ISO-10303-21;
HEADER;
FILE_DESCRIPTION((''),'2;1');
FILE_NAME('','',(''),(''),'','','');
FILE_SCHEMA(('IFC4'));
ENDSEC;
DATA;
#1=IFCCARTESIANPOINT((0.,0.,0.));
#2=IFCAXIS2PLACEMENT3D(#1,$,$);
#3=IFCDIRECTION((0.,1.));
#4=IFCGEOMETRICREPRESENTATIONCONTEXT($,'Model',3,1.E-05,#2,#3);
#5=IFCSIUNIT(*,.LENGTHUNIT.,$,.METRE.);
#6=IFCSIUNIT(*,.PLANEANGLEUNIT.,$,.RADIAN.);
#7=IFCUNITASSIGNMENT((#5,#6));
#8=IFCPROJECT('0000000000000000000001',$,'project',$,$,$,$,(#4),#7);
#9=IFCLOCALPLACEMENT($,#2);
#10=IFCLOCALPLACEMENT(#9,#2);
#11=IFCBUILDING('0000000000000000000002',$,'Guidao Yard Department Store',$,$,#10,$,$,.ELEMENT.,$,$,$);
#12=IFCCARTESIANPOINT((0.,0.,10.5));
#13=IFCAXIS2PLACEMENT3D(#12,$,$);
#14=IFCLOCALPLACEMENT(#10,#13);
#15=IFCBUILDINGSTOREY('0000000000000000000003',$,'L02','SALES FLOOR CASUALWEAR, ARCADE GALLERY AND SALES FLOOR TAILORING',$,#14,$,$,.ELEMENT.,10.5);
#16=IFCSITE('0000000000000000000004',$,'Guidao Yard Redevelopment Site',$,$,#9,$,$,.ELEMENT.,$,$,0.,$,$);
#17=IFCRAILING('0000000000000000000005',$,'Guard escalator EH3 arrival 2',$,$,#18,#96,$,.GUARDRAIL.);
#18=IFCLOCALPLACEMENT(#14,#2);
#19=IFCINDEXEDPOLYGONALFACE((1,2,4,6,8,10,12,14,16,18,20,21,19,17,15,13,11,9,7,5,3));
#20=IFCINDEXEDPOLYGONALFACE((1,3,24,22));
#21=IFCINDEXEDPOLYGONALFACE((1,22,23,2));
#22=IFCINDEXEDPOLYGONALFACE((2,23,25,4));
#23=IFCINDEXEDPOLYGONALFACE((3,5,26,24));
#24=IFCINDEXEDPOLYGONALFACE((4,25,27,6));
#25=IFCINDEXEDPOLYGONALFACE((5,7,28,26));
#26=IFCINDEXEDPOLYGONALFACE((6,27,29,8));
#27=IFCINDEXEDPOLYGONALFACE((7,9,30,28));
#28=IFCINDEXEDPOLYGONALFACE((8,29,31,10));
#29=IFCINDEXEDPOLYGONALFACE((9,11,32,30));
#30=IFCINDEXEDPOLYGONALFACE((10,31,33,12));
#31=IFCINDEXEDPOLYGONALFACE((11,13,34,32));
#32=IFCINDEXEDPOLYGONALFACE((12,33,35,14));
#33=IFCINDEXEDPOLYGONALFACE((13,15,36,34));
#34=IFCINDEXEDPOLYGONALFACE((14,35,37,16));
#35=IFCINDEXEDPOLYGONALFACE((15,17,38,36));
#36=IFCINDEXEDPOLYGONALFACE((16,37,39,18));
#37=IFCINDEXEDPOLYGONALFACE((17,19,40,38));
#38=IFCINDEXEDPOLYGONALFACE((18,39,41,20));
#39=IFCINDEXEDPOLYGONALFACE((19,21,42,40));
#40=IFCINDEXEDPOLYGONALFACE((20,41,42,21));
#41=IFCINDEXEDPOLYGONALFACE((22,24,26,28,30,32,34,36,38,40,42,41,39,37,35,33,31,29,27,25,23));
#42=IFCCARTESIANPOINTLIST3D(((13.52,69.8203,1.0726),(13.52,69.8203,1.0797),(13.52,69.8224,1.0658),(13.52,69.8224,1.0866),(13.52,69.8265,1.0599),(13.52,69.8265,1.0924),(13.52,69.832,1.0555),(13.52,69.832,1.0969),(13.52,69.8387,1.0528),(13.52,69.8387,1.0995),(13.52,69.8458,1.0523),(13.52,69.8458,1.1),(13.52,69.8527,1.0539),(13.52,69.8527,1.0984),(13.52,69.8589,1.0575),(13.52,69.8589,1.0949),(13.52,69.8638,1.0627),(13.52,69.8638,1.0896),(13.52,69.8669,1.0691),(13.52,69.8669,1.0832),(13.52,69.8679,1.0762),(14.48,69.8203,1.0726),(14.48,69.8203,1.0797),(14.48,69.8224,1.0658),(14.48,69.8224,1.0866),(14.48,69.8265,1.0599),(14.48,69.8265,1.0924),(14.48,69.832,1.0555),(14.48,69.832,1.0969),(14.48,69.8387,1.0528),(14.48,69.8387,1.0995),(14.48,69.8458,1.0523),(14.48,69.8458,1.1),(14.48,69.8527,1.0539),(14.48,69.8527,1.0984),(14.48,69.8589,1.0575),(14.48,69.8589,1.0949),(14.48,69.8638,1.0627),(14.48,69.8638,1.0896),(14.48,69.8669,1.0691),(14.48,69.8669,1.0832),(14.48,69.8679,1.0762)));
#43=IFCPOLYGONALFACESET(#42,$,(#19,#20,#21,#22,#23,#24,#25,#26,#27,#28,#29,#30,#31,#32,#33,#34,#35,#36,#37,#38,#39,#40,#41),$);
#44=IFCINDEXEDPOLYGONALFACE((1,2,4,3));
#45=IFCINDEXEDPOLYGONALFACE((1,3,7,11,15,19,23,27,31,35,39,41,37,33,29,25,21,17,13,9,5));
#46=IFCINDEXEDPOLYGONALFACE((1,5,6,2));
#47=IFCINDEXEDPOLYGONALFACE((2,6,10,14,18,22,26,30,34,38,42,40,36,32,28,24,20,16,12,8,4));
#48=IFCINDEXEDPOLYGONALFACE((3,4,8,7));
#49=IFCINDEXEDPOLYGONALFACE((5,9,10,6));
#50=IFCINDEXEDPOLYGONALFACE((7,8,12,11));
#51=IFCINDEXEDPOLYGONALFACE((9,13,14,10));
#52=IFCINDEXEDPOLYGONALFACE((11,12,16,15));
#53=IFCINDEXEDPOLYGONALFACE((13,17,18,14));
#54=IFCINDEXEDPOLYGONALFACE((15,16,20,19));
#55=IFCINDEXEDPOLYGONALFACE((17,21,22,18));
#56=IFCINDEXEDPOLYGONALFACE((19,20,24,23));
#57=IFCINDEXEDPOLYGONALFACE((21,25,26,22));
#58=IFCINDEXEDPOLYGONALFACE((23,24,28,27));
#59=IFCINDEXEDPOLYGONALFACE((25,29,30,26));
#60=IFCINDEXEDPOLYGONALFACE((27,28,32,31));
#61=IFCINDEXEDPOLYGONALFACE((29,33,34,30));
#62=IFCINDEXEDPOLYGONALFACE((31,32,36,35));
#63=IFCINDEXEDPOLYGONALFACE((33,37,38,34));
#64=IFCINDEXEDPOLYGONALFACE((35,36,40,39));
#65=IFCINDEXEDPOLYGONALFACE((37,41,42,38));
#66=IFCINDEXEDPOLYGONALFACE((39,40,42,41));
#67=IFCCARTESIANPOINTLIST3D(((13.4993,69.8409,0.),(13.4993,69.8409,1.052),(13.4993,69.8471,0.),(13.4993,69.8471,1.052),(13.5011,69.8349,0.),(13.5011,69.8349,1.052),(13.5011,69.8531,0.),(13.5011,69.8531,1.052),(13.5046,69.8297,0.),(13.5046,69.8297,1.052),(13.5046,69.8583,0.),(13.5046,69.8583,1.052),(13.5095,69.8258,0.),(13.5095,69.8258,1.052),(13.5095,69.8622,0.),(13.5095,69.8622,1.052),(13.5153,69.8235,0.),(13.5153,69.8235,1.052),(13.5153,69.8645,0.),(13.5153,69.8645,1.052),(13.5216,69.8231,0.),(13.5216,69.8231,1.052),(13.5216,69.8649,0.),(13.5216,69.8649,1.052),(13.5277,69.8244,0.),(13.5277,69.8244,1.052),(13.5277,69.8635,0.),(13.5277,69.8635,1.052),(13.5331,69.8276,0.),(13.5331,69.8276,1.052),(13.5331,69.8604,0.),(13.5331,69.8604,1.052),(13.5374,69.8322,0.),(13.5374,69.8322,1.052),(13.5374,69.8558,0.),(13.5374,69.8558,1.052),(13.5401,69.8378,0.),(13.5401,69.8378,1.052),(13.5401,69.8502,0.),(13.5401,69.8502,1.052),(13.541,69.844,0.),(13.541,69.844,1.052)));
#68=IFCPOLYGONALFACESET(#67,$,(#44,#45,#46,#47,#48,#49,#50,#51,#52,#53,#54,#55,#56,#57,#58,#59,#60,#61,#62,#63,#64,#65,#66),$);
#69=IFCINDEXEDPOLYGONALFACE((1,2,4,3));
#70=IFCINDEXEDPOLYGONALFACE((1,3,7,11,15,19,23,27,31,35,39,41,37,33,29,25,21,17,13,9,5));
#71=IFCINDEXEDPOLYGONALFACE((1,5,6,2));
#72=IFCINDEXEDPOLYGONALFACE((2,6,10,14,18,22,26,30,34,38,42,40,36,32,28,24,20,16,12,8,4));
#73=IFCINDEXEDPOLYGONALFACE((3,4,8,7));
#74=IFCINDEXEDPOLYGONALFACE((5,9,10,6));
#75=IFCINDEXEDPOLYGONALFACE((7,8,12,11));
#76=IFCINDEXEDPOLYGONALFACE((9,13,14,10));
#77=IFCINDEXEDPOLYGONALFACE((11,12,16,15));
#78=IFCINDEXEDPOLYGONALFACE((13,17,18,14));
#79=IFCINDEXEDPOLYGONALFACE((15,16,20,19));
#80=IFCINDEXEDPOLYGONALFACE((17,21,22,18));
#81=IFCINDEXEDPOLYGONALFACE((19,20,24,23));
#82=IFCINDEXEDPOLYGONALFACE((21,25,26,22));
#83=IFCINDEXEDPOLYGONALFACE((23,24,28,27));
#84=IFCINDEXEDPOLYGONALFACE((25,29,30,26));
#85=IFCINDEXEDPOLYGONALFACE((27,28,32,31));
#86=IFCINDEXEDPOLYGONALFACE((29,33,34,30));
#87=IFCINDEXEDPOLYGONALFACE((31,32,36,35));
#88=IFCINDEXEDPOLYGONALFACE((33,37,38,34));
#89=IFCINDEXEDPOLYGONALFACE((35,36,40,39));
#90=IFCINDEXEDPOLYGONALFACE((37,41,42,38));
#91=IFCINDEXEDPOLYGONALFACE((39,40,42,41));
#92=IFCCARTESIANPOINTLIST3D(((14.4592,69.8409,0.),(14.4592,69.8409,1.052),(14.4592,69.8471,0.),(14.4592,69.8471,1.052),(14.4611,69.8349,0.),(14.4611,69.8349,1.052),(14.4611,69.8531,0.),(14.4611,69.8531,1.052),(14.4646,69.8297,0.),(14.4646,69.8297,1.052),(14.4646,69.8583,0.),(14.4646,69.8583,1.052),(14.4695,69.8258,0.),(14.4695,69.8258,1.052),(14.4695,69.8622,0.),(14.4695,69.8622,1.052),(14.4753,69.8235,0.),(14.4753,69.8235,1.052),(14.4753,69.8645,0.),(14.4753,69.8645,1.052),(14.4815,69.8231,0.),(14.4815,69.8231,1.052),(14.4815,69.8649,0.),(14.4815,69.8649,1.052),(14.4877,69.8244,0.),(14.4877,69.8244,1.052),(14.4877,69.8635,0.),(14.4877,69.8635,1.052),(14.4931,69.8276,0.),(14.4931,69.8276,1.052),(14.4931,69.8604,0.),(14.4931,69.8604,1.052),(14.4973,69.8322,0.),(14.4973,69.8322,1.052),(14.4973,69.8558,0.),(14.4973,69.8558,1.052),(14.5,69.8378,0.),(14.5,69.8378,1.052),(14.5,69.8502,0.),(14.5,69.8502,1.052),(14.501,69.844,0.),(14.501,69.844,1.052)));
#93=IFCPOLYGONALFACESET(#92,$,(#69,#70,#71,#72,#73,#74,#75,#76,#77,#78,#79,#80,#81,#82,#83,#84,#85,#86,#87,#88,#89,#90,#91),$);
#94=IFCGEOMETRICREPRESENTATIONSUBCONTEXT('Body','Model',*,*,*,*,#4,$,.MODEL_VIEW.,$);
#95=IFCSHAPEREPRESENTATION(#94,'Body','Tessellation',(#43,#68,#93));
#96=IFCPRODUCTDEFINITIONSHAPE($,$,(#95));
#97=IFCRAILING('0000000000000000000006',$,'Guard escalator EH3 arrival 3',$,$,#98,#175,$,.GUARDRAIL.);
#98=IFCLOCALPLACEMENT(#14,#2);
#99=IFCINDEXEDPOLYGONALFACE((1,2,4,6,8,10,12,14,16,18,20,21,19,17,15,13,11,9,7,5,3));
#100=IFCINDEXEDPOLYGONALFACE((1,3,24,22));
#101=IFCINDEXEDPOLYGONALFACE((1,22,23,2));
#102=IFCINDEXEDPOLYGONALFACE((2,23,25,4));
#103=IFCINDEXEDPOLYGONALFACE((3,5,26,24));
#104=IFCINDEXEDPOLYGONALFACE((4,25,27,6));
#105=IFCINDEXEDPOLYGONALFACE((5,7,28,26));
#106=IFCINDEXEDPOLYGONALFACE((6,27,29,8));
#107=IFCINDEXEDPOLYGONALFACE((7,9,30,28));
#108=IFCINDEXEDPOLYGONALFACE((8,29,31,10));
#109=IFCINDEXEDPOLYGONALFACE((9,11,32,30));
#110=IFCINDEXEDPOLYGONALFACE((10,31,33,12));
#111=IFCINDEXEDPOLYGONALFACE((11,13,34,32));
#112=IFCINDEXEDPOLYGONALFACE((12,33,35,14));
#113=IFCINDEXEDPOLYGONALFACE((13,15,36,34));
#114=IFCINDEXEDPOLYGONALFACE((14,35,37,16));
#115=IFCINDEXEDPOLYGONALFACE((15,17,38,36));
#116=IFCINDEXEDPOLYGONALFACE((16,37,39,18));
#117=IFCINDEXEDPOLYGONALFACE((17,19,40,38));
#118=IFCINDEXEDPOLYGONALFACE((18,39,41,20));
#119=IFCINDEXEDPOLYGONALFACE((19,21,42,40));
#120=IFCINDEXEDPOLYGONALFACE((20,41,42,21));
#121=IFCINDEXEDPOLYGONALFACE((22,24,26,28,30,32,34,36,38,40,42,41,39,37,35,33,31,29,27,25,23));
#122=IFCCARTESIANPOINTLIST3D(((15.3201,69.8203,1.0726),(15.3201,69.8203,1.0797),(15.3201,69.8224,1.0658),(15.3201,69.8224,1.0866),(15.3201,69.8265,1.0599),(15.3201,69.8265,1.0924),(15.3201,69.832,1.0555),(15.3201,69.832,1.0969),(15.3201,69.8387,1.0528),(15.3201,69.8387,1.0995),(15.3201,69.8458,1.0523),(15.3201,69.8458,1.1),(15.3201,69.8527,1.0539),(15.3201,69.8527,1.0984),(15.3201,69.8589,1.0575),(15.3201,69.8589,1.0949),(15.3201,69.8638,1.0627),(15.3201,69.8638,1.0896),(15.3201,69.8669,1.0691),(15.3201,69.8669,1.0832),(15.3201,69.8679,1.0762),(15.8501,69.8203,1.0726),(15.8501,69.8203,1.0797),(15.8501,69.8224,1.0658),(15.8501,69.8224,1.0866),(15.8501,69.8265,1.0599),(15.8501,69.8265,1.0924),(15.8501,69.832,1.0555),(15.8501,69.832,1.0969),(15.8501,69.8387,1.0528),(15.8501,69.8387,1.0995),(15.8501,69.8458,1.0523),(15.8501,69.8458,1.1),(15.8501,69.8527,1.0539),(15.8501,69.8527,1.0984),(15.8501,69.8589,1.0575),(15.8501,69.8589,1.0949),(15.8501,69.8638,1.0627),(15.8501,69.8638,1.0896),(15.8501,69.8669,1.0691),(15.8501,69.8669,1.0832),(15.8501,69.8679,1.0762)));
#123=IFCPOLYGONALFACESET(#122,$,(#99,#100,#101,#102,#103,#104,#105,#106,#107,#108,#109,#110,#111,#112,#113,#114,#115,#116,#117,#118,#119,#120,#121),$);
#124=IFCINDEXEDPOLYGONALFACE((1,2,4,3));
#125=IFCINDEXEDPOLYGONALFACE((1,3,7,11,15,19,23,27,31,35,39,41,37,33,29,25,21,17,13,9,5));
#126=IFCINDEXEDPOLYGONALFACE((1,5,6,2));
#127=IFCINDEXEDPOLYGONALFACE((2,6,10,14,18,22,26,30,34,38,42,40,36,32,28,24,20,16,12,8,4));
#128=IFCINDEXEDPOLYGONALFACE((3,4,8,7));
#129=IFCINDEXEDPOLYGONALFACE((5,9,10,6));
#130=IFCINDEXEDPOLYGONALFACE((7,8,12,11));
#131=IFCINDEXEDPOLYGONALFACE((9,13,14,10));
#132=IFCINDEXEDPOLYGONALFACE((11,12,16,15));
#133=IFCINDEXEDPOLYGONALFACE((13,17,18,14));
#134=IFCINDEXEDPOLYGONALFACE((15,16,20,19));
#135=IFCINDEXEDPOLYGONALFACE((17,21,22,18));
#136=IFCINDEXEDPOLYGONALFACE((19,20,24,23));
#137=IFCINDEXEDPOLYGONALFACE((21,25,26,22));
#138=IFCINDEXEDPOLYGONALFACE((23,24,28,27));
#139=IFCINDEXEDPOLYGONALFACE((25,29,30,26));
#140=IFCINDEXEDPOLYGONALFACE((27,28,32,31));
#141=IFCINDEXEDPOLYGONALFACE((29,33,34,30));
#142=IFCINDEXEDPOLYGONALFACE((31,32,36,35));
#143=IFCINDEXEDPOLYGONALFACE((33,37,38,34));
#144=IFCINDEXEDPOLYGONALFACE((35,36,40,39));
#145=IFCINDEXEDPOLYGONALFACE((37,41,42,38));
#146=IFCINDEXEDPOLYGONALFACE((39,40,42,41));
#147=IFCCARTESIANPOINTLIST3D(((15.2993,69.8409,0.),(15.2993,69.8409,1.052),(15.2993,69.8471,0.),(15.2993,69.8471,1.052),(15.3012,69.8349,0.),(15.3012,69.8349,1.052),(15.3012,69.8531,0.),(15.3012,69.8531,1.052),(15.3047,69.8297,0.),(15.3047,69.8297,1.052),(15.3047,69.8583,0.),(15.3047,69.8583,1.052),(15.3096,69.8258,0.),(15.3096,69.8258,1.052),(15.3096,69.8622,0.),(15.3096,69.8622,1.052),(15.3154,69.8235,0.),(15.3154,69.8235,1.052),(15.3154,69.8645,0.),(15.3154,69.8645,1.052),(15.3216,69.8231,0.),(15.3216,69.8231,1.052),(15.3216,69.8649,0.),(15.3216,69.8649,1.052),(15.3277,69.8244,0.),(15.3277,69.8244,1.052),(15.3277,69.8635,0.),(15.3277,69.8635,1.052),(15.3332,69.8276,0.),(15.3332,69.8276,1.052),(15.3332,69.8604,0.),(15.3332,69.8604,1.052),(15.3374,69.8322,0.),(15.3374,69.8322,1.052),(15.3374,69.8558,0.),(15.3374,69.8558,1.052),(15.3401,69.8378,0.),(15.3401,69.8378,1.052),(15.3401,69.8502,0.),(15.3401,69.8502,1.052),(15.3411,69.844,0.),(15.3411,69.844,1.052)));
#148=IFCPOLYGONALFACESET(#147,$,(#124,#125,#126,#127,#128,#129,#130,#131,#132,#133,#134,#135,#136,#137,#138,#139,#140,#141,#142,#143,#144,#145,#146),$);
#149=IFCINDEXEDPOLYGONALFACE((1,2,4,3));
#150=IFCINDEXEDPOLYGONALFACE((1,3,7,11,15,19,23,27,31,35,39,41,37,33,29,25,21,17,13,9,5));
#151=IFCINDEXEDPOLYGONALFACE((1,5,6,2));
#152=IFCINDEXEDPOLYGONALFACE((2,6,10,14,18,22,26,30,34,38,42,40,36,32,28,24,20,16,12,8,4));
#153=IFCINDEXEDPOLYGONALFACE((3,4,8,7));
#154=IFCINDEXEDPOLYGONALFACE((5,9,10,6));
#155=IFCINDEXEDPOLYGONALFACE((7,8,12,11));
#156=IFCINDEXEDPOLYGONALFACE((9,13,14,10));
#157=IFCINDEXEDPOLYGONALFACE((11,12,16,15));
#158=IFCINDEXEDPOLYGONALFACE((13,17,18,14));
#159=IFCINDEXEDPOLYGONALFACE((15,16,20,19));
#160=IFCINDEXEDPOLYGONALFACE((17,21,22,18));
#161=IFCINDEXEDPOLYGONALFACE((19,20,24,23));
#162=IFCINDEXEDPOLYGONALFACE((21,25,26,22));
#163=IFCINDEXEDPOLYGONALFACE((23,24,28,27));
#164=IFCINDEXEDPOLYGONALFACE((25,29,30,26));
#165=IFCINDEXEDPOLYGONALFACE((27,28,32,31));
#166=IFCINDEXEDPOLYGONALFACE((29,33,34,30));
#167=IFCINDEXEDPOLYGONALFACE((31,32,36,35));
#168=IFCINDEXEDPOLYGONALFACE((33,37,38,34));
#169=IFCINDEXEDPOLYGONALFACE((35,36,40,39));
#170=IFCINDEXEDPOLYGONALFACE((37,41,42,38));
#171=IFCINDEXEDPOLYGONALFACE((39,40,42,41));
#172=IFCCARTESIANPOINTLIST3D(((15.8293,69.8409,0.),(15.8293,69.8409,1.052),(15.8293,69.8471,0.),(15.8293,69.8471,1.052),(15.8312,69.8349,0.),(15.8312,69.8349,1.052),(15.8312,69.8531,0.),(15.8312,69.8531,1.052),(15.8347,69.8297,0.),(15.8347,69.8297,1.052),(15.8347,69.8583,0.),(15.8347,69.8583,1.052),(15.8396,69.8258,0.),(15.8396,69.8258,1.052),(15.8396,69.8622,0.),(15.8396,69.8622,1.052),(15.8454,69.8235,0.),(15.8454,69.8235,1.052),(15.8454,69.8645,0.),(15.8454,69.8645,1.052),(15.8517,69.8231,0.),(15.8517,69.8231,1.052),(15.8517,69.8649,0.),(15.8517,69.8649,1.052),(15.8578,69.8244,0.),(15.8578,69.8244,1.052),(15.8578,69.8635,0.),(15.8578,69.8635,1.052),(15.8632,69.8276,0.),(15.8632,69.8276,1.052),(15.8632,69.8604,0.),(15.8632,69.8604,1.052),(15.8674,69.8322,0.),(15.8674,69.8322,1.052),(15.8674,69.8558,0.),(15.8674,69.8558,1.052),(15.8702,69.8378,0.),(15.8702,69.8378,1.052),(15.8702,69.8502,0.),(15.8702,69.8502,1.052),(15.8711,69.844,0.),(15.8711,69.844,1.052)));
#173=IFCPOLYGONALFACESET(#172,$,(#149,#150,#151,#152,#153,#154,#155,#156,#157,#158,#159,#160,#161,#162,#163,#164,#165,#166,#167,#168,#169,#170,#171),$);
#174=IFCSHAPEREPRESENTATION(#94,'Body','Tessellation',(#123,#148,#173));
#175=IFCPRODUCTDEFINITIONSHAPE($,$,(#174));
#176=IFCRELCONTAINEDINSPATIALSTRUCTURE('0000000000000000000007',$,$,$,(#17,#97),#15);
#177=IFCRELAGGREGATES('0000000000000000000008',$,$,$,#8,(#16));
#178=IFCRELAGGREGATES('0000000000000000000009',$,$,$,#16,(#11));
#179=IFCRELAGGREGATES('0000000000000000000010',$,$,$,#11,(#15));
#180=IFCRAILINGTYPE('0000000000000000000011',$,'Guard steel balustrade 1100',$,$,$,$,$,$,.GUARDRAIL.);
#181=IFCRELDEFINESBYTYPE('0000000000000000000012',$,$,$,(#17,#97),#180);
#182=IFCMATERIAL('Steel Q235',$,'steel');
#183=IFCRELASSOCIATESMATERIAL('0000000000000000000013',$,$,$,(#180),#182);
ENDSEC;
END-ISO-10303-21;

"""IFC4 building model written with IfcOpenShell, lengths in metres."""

from ifc_helpers import new_model, si_unit, direction, frame, origin, origin_2d, place, context, subcontext, project, spatial, circle, extrude, material, type_object, element, save


model = new_model("IFC4")

# Units and contexts
model_context = context("Model", 3, precision=1e-05, world=origin(), true_north=direction((0.0, 1.0)))
body_context = subcontext(model_context, "Body", "Model", "MODEL_VIEW")
ifc_project = project(units=[si_unit("LENGTHUNIT", "METRE"), si_unit("PLANEANGLEUNIT", "RADIAN")], contexts=[model_context])

# Site, building, storey
site_placement = place(None, origin())
site = spatial("IfcSite", under=ifc_project, at=site_placement, Name="Guidao Yard Redevelopment Site", CompositionType="ELEMENT", RefElevation=0.0)
building_placement = place(site_placement, origin())
building = spatial("IfcBuilding", under=site, at=building_placement, Name="Guidao Yard Department Store", CompositionType="ELEMENT")
storey_placement = place(building_placement, frame((0.0, 0.0, 10.5)))
storey = spatial("IfcBuildingStorey", under=building, at=storey_placement, Name="L02", Description="SALES FLOOR CASUALWEAR, ARCADE GALLERY AND SALES FLOOR TAILORING", CompositionType="ELEMENT", Elevation=10.5)

# Railings
ifc_material_1 = material(Name="Steel Q235", Category="steel")
railing_type_1 = type_object("IfcRailingType", Name="Guard steel balustrade 1100", PredefinedType="GUARDRAIL", material=ifc_material_1)
railing_1_placement = place(storey_placement, frame((13.52, 69.844, 0.0)))
element("IfcRailing", 1, at=railing_1_placement, inside=storey, type_object=railing_type_1, Name="Guard escalator EH3 arrival 2", PredefinedType="GUARDRAIL", context=body_context, shape_type="SweptSolid", body=[
    extrude(circle(Radius=0.0239, at=origin_2d()), frame((0.0, 0.0, 1.0762), z_axis=(1.0, 0.0, 0.0), x_axis=(0.0, 1.0, 0.0)), (0.0, 0.0, 1.0), 0.96),
    extrude(circle(Radius=0.021, at=origin_2d()), origin(), (0.0, 0.0, 1.0), 1.052),
    extrude(circle(Radius=0.021, at=origin_2d()), frame((0.96, 0.0, 0.0)), (0.0, 0.0, 1.0), 1.052),
])
railing_2_placement = place(storey_placement, frame((15.3201, 69.844, 0.0)))
element("IfcRailing", 2, at=railing_2_placement, inside=storey, type_object=railing_type_1, Name="Guard escalator EH3 arrival 3", PredefinedType="GUARDRAIL", context=body_context, shape_type="SweptSolid", body=[
    extrude(circle(Radius=0.0239, at=origin_2d()), frame((0.0, 0.0, 1.0762), z_axis=(1.0, 0.0, 0.0), x_axis=(0.0, 1.0, 0.0)), (0.0, 0.0, 1.0), 0.53),
    extrude(circle(Radius=0.021, at=origin_2d()), origin(), (0.0, 0.0, 1.0), 1.052),
    extrude(circle(Radius=0.021, at=origin_2d()), frame((0.53, 0.0, 0.0)), (0.0, 0.0, 1.0), 1.052),
])

save(model, "model.ifc")
